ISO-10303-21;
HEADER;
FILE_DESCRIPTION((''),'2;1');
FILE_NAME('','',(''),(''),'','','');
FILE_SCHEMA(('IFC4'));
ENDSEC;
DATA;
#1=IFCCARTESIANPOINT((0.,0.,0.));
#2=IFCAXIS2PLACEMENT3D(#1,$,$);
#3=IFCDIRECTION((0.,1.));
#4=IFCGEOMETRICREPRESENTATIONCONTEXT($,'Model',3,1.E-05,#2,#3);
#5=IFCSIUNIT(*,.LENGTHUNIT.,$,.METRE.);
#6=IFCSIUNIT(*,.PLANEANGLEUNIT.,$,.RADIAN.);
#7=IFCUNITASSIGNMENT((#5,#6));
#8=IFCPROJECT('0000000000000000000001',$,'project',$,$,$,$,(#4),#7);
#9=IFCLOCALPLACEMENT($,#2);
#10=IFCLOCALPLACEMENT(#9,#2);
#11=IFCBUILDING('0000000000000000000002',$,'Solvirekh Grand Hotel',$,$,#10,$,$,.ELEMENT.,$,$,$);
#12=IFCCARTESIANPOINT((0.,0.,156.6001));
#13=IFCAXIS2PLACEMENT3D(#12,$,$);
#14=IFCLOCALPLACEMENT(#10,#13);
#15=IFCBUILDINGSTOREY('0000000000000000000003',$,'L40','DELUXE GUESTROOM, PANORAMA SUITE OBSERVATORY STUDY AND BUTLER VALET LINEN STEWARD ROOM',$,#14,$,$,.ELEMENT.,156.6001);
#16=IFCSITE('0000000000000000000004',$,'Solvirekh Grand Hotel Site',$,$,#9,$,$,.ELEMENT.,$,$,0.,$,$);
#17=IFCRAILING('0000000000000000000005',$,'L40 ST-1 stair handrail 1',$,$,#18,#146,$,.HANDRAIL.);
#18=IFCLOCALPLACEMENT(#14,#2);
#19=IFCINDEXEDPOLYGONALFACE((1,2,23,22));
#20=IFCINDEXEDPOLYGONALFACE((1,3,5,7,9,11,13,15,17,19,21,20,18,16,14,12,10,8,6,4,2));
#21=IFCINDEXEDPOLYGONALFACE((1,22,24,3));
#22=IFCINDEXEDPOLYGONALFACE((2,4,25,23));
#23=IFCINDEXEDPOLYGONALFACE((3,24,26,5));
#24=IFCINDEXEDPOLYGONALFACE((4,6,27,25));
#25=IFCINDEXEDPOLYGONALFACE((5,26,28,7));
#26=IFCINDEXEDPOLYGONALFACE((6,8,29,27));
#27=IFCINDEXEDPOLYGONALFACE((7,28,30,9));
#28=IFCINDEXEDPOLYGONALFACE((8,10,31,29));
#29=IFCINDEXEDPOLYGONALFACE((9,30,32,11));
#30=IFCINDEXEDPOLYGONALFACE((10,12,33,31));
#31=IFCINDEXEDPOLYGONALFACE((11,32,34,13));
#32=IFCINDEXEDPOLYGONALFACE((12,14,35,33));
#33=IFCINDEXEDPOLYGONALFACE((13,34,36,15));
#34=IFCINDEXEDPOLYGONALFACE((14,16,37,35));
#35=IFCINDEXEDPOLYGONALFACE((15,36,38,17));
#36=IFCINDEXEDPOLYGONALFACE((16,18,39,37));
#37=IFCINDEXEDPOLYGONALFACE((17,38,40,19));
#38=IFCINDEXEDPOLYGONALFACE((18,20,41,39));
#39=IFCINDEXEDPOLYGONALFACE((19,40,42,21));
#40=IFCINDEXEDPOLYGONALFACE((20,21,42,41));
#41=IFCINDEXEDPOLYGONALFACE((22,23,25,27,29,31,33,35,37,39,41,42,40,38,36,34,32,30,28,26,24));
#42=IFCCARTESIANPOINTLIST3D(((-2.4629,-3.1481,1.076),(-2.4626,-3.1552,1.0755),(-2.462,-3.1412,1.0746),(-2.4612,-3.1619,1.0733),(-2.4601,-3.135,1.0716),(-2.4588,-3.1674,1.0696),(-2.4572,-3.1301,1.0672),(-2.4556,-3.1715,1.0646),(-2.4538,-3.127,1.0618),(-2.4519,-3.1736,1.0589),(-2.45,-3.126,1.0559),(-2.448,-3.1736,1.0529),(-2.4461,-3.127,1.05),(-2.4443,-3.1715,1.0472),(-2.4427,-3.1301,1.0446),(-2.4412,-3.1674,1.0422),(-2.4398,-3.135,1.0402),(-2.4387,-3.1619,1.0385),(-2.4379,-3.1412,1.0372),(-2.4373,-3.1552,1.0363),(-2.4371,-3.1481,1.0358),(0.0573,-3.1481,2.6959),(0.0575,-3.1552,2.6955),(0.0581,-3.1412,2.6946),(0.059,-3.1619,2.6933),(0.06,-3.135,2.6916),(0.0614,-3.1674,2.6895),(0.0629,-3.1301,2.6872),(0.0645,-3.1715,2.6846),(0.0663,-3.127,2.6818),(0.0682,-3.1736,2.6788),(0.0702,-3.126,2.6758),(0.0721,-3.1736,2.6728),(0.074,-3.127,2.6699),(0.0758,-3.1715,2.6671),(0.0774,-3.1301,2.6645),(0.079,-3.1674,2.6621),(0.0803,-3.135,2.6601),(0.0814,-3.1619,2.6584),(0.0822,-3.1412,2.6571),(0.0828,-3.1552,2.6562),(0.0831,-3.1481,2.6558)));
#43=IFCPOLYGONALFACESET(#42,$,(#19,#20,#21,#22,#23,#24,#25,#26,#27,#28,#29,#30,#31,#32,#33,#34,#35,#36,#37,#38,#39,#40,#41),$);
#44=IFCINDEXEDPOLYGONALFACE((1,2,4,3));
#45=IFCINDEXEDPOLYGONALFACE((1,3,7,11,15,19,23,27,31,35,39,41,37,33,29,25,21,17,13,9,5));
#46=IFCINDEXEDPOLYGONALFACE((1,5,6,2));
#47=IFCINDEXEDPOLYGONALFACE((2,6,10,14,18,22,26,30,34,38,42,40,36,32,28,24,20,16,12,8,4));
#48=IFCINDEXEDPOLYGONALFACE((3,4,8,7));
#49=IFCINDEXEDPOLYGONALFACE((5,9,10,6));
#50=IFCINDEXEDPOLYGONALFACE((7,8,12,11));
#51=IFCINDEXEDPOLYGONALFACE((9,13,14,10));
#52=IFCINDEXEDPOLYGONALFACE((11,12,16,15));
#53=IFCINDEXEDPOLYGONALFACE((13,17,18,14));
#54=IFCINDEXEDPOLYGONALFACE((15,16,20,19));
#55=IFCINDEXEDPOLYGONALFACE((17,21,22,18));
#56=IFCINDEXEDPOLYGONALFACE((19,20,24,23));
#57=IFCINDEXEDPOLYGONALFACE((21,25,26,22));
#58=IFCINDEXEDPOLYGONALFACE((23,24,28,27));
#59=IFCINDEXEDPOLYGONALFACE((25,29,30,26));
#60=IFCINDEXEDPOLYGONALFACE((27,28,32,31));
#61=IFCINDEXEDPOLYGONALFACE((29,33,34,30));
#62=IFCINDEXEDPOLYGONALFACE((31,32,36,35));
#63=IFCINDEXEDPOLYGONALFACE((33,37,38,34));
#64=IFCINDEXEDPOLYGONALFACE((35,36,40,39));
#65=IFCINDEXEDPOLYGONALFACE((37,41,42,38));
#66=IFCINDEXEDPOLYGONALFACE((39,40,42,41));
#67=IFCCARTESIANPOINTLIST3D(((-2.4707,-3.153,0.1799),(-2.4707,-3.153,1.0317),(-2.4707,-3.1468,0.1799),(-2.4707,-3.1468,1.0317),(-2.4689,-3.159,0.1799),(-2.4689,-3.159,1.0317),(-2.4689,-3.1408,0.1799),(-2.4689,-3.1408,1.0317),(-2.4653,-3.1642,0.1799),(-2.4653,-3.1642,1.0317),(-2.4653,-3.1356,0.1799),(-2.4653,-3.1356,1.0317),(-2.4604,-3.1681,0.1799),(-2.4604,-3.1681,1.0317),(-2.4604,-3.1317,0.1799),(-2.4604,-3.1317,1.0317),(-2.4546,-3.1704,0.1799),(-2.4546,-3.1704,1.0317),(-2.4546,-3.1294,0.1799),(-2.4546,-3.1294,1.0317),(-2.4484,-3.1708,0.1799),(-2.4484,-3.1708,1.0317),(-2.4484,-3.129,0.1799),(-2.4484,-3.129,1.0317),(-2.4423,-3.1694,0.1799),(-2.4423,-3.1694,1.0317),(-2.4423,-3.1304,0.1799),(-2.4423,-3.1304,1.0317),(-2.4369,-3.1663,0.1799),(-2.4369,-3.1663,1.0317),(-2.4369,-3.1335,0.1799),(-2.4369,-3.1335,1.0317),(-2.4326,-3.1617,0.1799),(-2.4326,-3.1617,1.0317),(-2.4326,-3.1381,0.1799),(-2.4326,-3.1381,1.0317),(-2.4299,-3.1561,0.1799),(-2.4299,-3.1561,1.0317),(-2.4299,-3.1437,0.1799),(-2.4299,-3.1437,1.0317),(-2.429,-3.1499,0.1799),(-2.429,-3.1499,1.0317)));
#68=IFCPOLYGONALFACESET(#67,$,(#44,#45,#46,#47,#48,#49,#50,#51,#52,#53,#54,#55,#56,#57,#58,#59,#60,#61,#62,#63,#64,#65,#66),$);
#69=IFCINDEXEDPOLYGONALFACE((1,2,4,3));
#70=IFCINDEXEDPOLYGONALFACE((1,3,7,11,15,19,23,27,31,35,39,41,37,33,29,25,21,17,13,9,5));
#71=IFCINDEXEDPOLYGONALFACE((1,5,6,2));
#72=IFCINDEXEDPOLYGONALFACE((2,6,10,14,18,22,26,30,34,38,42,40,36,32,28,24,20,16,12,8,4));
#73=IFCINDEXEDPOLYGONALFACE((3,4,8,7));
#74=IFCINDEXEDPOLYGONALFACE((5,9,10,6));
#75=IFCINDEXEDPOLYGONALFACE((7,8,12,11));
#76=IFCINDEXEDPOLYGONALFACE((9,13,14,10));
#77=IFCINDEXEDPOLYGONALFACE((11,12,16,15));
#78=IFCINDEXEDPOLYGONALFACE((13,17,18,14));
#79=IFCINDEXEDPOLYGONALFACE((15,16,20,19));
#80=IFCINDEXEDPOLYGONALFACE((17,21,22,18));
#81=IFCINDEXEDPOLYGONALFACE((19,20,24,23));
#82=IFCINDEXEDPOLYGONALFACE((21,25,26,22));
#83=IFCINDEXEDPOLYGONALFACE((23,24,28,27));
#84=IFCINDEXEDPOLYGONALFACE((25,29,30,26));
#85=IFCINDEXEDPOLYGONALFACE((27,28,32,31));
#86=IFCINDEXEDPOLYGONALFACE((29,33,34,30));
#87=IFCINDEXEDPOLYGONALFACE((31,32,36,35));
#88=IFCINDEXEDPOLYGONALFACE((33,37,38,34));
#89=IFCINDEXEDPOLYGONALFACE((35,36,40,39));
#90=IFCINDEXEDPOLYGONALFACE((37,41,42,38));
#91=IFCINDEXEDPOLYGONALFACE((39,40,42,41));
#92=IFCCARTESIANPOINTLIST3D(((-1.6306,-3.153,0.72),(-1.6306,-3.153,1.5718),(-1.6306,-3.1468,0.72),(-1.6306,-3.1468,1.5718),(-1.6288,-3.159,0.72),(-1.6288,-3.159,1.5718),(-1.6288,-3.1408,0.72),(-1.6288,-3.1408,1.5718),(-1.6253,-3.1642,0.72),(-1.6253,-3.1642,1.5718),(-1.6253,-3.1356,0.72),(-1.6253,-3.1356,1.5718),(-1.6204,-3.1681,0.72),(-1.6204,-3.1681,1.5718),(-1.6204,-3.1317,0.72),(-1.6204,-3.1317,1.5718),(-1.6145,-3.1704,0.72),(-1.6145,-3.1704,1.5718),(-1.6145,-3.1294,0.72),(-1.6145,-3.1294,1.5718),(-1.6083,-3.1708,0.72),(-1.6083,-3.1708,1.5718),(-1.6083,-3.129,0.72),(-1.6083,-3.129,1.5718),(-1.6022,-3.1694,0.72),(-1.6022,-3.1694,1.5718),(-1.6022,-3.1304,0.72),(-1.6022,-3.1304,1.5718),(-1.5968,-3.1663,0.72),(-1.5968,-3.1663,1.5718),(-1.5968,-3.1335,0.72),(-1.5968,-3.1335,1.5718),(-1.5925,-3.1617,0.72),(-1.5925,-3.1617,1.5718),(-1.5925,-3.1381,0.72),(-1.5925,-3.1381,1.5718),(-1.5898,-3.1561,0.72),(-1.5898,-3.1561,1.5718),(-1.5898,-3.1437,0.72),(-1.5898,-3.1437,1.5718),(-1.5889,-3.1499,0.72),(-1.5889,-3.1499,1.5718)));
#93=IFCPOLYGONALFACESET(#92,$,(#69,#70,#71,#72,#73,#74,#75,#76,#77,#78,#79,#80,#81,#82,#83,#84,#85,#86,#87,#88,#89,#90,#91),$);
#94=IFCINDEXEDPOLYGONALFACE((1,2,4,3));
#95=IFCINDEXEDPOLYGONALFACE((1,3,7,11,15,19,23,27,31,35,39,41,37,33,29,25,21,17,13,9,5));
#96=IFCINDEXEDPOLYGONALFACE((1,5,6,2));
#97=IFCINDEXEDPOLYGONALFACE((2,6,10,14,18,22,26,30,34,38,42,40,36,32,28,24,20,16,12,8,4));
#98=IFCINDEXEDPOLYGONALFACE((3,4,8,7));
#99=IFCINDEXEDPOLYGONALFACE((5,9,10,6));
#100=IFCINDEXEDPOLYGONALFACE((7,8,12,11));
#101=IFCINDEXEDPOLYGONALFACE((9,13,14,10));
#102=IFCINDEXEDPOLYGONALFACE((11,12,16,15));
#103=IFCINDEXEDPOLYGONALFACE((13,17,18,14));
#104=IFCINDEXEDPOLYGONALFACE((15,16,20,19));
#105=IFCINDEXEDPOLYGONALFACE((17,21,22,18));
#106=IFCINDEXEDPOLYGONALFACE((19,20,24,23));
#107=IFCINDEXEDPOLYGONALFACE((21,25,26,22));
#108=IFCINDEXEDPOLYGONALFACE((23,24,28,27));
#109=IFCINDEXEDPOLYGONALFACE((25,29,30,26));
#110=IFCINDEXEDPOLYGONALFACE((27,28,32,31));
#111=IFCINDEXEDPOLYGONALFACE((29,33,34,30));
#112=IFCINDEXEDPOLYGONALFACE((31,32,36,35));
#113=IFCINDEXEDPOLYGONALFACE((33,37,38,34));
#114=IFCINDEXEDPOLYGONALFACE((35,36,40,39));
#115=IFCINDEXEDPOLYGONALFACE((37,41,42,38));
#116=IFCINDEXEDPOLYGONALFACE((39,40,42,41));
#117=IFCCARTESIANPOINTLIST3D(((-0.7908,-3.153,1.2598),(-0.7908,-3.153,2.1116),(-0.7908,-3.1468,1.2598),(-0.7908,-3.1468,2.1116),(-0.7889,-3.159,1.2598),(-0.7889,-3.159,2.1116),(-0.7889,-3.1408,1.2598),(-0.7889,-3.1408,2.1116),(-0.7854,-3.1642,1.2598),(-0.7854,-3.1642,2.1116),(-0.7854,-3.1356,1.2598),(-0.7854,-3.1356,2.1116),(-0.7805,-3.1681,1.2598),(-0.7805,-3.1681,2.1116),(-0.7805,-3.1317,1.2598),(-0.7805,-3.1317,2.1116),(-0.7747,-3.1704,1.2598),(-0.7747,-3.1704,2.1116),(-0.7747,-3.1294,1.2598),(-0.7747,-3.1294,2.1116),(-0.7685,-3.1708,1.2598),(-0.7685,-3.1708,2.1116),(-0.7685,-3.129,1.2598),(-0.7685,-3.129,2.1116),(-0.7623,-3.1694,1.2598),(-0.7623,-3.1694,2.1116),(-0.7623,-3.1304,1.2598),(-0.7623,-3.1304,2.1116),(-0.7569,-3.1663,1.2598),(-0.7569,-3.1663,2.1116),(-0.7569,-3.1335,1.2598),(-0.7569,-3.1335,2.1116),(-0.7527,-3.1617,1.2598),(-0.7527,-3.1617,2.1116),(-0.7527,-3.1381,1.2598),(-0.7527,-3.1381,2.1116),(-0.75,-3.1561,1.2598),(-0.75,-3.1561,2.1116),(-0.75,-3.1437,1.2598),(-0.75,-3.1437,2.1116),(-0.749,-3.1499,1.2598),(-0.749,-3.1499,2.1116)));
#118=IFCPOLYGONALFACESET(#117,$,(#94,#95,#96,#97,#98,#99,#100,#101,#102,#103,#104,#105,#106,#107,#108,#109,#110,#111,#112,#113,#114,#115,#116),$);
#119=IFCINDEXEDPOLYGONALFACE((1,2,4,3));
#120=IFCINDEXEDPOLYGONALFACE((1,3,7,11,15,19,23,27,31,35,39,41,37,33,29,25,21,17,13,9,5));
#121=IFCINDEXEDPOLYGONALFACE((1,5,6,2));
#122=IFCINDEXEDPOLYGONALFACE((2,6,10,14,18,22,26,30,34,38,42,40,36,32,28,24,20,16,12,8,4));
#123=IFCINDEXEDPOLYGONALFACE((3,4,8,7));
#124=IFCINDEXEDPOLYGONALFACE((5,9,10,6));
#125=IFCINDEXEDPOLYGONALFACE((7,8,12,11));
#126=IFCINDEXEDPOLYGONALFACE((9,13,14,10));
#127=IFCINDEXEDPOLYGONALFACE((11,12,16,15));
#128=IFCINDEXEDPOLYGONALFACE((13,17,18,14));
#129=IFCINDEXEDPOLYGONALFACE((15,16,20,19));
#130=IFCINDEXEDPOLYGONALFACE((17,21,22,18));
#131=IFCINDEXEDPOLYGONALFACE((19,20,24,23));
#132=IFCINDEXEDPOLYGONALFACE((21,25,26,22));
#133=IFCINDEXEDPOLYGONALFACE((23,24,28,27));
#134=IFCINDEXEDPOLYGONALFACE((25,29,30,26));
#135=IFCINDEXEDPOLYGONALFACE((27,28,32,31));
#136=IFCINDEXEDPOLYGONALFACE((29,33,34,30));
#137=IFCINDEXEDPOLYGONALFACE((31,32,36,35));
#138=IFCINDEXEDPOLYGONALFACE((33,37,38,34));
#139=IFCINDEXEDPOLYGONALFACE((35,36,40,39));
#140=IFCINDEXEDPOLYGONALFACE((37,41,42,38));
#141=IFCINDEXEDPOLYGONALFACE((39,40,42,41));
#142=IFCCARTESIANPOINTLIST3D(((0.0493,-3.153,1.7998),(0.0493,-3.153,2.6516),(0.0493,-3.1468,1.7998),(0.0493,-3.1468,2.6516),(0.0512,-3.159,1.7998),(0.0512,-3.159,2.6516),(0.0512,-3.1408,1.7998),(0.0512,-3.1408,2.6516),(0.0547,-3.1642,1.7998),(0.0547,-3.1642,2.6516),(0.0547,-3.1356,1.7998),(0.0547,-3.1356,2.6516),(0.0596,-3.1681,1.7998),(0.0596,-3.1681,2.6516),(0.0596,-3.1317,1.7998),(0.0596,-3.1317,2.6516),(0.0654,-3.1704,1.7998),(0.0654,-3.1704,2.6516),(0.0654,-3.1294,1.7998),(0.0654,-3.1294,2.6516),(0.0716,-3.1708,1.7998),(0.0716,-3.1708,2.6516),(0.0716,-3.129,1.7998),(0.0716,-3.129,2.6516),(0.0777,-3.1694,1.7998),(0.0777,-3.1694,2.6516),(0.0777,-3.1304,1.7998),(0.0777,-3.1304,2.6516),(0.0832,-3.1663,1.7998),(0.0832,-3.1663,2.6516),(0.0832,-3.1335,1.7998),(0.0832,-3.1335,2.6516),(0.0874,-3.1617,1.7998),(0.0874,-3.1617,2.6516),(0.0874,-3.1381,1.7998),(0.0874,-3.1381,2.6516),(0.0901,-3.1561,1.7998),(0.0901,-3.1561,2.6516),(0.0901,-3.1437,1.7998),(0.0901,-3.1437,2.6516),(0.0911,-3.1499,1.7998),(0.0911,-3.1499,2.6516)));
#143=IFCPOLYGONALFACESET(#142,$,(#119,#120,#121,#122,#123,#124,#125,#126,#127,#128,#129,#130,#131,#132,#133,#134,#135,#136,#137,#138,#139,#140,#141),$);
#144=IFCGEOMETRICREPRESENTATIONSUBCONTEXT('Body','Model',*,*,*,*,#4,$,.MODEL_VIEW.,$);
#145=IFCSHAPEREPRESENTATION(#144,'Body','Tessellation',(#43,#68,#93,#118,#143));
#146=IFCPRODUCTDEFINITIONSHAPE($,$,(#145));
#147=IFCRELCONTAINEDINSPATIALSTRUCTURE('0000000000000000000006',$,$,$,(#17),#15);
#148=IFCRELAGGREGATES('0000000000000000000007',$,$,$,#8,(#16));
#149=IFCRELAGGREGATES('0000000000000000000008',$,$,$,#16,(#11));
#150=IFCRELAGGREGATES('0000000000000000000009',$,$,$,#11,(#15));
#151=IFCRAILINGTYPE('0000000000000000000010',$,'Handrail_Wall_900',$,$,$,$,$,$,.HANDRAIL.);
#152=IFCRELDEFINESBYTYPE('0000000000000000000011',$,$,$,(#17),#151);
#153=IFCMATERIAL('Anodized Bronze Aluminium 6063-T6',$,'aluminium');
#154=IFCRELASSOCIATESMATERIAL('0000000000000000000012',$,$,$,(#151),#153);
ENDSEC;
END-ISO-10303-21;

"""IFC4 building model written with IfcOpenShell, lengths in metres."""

from ifc_helpers import new_model, si_unit, direction, frame, origin, origin_2d, place, context, subcontext, project, spatial, circle, extrude, material, type_object, element, save


model = new_model("IFC4")

# Units and contexts
model_context = context("Model", 3, precision=1e-05, world=origin(), true_north=direction((0.0, 1.0)))
body_context = subcontext(model_context, "Body", "Model", "MODEL_VIEW")
ifc_project = project(units=[si_unit("LENGTHUNIT", "METRE"), si_unit("PLANEANGLEUNIT", "RADIAN")], contexts=[model_context])

# Site, building, storey
site_placement = place(None, origin())
site = spatial("IfcSite", under=ifc_project, at=site_placement, Name="Solvirekh Grand Hotel Site", CompositionType="ELEMENT", RefElevation=0.0)
building_placement = place(site_placement, origin())
building = spatial("IfcBuilding", under=site, at=building_placement, Name="Solvirekh Grand Hotel", CompositionType="ELEMENT")
storey_placement = place(building_placement, frame((0.0, 0.0, 156.6001)))
storey = spatial("IfcBuildingStorey", under=building, at=storey_placement, Name="L40", Description="DELUXE GUESTROOM, PANORAMA SUITE OBSERVATORY STUDY AND BUTLER VALET LINEN STEWARD ROOM", CompositionType="ELEMENT", Elevation=156.6001)

# Shared definitions
ifc_material_1 = material(Name="Anodized Bronze Aluminium 6063-T6", Category="aluminium")

# Railing
railing_type_1 = type_object("IfcRailingType", Name="Handrail_Wall_900", PredefinedType="HANDRAIL", material=ifc_material_1)
railing_1_placement = place(storey_placement, frame((-2.45, -3.1499, 0.1799)))
element("IfcRailing", 1, at=railing_1_placement, inside=storey, type_object=railing_type_1, Name="L40 ST-1 stair handrail 1", PredefinedType="HANDRAIL", context=body_context, shape_type="SweptSolid", body=[
    extrude(circle(Radius=0.0239, at=origin_2d()), frame((0.0, 0.0, 0.876), z_axis=(0.8412, 0.0, 0.540725), x_axis=(0.0, 1.0, 0.0)), (0.0, 0.0, 1.0), 2.9958),
    extrude(circle(Radius=0.021, at=origin_2d()), origin(), (0.0, 0.0, 1.0), 0.8518),
    extrude(circle(Radius=0.021, at=origin_2d()), frame((0.8401, 0.0, 0.54)), (0.0, 0.0, 1.0), 0.8518),
    extrude(circle(Radius=0.021, at=origin_2d()), frame((1.6799, 0.0, 1.0798)), (0.0, 0.0, 1.0), 0.8518),
    extrude(circle(Radius=0.021, at=origin_2d()), frame((2.52, 0.0, 1.6199)), (0.0, 0.0, 1.0), 0.8518),
])

save(model, "model.ifc")
